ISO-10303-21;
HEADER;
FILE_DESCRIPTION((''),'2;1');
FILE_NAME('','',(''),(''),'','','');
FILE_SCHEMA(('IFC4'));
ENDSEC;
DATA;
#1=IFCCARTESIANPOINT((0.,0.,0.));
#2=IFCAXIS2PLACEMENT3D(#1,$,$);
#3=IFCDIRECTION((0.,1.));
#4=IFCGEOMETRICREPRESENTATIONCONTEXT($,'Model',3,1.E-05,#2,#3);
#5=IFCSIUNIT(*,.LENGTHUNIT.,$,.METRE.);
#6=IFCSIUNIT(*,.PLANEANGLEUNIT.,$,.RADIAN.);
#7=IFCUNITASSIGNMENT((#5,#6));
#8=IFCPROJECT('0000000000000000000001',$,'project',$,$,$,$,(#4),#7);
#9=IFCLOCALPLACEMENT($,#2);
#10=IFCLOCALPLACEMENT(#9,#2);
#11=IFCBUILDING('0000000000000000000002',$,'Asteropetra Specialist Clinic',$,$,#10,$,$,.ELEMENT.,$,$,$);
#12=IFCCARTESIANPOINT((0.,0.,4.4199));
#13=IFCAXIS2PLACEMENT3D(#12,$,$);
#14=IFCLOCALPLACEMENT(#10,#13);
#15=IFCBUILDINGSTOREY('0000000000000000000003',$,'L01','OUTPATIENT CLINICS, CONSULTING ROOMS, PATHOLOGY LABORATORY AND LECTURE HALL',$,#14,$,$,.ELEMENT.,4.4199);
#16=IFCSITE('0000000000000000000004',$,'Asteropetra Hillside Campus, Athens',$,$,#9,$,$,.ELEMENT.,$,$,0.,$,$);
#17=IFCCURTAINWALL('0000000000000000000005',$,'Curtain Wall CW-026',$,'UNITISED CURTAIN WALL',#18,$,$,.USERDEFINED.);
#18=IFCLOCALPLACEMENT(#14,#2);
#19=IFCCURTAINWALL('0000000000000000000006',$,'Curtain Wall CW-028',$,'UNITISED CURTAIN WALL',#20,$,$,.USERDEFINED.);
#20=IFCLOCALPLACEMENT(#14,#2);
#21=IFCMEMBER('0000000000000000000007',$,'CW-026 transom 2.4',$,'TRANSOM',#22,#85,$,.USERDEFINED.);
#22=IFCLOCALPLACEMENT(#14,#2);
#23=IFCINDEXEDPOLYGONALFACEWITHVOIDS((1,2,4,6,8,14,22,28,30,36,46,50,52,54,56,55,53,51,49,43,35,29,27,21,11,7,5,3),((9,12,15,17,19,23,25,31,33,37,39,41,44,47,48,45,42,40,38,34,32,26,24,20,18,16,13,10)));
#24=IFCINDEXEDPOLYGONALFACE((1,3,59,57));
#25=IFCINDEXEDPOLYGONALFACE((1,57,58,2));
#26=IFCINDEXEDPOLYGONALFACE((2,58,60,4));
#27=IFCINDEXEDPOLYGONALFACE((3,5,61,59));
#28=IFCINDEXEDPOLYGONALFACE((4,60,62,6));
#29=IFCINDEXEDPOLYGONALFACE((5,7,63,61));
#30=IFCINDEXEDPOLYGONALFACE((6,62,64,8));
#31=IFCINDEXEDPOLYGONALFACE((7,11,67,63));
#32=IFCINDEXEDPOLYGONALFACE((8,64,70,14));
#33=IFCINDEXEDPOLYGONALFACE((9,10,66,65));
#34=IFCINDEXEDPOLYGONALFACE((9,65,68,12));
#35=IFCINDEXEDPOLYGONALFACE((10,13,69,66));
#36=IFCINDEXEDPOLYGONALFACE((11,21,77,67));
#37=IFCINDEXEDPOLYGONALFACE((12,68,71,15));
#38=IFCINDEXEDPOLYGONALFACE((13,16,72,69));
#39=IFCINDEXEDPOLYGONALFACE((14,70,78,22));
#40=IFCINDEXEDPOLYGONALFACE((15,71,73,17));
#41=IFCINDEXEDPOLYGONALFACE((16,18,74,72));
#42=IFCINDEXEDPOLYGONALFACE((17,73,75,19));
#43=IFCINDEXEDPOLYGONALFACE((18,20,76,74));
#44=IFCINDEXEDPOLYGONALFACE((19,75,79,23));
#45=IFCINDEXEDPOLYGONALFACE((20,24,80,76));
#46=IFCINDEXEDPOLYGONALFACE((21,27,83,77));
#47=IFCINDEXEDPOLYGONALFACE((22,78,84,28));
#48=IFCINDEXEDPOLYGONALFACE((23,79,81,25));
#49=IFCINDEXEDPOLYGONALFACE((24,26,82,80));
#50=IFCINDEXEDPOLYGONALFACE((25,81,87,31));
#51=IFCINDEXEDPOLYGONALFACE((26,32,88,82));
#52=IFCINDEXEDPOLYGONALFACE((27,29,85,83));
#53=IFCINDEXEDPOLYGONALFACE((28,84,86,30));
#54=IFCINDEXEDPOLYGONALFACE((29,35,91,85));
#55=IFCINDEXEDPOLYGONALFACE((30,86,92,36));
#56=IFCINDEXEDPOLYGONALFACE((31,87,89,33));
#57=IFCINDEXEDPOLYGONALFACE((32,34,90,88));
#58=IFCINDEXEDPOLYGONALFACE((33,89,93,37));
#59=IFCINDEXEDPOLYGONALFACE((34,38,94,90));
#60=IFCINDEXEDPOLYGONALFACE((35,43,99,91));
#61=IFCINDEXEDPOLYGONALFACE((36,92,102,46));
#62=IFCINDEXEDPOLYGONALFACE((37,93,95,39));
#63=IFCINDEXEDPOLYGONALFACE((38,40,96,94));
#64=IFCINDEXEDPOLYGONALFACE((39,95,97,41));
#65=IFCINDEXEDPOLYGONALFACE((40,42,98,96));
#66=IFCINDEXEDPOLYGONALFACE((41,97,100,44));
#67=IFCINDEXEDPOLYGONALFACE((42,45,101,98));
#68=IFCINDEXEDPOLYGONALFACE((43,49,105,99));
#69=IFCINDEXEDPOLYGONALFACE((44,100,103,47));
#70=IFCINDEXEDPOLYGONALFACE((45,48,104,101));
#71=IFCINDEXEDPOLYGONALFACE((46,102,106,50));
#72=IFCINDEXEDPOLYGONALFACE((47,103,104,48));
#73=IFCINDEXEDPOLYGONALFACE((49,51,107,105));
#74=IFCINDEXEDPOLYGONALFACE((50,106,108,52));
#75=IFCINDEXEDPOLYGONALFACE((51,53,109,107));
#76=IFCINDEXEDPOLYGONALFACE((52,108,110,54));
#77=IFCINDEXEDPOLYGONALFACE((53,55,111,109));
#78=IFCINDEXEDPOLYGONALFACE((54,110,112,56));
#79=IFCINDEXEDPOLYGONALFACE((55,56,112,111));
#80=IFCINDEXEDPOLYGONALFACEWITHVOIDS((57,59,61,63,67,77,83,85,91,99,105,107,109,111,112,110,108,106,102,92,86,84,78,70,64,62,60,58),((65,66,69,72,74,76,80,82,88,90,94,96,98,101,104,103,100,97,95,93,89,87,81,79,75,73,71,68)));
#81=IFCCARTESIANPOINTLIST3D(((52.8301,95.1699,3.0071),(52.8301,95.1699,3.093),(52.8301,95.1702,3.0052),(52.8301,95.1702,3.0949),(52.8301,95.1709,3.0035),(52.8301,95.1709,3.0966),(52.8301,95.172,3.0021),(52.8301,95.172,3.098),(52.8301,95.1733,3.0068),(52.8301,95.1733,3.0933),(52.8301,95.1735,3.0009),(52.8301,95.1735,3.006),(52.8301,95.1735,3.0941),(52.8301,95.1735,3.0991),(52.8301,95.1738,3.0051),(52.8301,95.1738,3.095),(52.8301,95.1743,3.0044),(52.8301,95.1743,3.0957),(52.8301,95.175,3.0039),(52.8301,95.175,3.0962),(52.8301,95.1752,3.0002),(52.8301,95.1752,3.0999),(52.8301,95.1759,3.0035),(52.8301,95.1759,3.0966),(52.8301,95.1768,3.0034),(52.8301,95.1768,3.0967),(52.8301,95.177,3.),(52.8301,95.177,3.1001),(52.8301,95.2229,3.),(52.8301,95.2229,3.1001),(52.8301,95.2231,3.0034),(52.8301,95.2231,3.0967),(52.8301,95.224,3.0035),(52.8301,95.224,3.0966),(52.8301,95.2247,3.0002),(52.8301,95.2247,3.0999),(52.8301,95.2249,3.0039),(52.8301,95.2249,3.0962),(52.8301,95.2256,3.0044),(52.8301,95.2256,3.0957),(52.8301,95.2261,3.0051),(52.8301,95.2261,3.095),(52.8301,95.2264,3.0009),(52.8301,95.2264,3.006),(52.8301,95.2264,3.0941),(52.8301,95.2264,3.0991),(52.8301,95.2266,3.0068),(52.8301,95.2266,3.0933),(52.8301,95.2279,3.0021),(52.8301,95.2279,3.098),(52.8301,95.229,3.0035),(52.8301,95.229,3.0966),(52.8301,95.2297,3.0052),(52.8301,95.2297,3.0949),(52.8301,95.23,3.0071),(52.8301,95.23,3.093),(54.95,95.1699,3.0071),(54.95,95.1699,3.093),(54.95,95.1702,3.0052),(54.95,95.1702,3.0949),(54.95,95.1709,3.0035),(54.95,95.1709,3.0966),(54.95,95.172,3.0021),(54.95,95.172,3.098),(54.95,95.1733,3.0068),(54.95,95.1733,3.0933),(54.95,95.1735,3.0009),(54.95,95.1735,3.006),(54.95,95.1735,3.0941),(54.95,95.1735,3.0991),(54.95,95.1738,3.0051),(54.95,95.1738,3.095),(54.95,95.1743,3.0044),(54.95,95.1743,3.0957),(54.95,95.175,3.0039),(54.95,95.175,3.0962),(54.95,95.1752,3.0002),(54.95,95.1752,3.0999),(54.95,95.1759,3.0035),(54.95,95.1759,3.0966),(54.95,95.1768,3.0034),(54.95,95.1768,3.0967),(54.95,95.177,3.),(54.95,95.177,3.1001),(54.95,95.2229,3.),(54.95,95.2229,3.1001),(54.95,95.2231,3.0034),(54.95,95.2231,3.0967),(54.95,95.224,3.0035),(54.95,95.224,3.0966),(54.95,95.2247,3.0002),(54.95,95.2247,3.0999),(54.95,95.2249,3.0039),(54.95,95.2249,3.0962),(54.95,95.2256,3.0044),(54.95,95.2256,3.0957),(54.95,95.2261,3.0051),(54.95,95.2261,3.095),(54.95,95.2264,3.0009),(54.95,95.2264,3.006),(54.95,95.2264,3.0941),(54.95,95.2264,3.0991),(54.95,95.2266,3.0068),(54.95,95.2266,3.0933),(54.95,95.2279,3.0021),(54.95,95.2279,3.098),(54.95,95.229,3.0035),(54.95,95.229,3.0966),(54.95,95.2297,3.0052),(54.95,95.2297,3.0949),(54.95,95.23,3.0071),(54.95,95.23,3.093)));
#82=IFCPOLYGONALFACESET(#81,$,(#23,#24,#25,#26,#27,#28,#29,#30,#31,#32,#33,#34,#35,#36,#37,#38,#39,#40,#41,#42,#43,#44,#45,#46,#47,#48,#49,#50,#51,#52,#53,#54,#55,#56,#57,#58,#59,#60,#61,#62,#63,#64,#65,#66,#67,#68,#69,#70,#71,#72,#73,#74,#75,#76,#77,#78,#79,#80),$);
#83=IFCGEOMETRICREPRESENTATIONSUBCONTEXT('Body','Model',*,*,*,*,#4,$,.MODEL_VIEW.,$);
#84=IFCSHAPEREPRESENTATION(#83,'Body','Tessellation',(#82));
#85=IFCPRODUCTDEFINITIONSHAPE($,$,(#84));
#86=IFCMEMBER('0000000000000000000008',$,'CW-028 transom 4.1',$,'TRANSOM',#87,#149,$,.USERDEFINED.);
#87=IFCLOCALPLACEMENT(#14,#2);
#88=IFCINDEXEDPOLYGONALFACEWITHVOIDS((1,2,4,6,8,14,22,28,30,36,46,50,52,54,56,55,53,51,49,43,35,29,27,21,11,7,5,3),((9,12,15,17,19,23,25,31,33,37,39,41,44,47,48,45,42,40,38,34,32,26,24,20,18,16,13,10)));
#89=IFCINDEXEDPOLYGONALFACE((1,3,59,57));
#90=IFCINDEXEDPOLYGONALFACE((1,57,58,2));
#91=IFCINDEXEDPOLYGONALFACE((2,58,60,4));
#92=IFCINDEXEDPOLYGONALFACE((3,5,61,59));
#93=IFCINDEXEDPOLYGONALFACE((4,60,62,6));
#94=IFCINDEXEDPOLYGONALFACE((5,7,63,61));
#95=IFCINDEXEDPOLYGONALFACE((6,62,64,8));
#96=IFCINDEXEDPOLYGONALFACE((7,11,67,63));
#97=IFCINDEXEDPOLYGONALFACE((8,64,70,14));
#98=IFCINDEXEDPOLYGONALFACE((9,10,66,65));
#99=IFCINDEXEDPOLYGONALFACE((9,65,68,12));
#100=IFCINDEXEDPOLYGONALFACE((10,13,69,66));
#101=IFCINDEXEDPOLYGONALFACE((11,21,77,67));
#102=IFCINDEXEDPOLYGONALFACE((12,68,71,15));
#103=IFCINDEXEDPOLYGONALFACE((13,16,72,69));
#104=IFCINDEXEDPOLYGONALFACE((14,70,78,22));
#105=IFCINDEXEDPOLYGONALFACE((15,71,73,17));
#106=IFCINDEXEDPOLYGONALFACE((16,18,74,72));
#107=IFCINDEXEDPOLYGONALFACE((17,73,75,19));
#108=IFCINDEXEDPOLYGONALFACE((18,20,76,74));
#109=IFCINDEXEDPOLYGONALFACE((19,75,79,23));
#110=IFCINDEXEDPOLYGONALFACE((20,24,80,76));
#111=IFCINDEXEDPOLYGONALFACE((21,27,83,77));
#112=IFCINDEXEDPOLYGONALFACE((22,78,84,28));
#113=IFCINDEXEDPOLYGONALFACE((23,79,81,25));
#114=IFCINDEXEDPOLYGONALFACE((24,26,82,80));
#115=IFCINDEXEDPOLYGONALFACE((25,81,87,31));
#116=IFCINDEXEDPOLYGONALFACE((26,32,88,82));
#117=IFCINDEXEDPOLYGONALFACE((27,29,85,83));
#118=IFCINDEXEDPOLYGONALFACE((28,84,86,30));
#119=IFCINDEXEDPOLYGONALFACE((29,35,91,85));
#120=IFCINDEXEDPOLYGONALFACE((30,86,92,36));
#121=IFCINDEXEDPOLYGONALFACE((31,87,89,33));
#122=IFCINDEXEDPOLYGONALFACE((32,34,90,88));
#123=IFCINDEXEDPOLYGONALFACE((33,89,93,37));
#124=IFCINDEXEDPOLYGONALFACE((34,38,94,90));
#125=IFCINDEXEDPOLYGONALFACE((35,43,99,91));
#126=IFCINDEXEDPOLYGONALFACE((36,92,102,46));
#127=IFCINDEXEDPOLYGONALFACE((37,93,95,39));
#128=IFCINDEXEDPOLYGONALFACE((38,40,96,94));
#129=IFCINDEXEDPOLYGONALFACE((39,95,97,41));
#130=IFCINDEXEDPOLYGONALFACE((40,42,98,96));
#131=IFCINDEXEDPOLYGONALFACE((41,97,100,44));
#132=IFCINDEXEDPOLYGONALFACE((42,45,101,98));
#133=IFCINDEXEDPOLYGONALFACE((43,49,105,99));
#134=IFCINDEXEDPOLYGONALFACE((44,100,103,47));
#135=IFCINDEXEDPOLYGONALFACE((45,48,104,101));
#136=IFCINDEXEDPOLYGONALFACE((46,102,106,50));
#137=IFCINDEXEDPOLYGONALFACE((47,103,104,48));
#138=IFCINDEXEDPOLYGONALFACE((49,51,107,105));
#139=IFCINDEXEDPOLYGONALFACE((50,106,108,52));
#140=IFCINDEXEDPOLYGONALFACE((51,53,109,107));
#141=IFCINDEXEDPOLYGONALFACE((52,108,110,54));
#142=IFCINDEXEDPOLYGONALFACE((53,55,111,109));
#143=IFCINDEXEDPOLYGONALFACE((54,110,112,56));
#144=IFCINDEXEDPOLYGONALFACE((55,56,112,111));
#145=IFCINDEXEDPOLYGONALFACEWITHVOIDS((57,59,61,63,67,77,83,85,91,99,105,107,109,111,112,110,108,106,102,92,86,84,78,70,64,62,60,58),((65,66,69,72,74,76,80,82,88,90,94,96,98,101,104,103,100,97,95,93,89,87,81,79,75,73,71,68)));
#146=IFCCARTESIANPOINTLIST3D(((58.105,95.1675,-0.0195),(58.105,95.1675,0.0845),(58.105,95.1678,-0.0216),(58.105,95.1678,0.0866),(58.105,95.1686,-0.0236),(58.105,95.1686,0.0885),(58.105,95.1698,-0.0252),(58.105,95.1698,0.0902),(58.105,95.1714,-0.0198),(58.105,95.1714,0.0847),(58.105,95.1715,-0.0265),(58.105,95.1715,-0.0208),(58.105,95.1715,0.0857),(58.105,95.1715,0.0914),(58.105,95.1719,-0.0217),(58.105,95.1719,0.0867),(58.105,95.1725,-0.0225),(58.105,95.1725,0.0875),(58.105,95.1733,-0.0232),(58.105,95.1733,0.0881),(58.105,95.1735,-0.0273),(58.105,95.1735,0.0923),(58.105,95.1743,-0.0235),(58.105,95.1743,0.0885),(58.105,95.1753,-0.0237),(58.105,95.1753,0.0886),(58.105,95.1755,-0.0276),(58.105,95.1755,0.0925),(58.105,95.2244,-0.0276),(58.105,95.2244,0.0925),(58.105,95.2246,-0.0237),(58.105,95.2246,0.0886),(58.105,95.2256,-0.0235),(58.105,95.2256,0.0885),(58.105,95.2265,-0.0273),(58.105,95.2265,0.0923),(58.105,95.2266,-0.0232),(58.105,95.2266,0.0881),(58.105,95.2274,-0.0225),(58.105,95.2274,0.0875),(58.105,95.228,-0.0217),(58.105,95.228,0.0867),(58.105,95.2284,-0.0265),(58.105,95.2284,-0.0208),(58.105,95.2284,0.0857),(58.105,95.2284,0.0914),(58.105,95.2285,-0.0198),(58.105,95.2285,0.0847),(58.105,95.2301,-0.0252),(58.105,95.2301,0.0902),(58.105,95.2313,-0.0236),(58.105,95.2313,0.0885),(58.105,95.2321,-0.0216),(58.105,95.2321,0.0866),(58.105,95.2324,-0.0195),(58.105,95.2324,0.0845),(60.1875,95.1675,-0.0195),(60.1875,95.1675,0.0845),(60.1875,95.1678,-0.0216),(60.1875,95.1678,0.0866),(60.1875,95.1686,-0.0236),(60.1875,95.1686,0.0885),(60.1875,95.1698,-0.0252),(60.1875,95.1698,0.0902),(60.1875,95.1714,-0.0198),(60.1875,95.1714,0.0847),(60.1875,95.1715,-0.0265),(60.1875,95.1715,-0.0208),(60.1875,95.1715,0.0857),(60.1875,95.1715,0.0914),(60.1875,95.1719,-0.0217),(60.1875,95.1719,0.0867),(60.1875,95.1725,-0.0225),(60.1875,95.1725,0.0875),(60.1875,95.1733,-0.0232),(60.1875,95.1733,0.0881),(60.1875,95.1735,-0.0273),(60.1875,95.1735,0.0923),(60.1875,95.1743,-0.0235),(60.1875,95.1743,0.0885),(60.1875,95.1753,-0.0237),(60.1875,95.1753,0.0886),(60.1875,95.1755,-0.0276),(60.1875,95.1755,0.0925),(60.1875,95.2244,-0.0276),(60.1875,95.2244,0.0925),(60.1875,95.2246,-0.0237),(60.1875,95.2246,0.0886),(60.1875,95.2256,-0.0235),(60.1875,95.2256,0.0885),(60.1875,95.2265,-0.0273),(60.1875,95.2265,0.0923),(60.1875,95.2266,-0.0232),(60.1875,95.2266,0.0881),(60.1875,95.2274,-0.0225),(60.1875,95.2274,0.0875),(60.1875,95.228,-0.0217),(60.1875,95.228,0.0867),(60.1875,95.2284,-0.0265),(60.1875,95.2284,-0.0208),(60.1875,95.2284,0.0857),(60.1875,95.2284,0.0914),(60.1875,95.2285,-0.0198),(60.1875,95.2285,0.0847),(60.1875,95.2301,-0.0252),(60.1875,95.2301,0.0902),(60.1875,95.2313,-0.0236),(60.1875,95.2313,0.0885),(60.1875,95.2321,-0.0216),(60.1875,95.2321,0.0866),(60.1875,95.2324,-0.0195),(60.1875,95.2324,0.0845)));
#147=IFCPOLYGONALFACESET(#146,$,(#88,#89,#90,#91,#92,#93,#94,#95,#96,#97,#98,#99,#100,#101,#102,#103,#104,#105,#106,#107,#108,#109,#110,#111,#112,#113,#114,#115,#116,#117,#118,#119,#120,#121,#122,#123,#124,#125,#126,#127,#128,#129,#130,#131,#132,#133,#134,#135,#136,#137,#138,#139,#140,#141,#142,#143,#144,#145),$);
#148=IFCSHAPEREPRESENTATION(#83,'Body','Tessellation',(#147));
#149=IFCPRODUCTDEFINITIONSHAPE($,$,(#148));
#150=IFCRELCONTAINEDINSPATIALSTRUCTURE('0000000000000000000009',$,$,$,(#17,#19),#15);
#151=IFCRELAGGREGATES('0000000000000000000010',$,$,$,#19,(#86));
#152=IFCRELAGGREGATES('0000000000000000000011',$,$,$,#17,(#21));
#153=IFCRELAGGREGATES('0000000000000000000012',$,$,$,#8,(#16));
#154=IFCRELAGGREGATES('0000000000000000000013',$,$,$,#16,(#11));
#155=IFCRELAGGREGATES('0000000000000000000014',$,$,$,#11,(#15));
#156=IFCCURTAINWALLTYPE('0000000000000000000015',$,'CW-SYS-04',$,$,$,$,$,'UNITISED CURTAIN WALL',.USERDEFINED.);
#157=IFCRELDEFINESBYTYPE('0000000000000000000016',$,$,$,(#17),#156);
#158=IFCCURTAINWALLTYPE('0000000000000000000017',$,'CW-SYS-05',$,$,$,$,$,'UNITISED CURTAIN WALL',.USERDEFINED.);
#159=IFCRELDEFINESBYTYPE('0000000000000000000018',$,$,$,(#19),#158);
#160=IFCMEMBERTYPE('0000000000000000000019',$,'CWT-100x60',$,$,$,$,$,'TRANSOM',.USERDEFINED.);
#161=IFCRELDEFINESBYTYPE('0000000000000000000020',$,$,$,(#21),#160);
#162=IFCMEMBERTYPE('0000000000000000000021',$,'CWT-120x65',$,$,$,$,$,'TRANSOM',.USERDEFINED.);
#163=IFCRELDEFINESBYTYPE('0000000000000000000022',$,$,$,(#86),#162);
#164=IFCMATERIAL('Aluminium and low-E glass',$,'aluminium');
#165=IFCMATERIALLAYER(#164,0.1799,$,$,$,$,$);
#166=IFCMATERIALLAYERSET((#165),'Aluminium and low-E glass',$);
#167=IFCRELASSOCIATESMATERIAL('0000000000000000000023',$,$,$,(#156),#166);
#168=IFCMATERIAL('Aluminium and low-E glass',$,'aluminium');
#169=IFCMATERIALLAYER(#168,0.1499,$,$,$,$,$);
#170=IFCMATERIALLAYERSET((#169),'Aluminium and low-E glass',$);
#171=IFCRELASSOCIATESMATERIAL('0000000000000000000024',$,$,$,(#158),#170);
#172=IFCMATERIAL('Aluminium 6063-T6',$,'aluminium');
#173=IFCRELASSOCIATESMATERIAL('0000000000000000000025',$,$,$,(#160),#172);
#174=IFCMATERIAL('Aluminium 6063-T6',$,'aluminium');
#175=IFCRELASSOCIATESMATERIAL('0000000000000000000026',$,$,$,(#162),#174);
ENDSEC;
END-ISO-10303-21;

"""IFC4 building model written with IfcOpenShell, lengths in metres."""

from ifc_helpers import new_model, si_unit, direction, frame, origin, origin_2d, place, context, subcontext, project, spatial, hollow_rectangle, extrude, material, layer, layer_set, material_profile, profile_set, type_object, element, aggregate, save


model = new_model("IFC4")

# Units and contexts
model_context = context("Model", 3, precision=1e-05, world=origin(), true_north=direction((0.0, 1.0)))
body_context = subcontext(model_context, "Body", "Model", "MODEL_VIEW")
ifc_project = project(units=[si_unit("LENGTHUNIT", "METRE"), si_unit("PLANEANGLEUNIT", "RADIAN")], contexts=[model_context])

# Site, building, storey
site_placement = place(None, origin())
site = spatial("IfcSite", under=ifc_project, at=site_placement, Name="Asteropetra Hillside Campus, Athens", CompositionType="ELEMENT", RefElevation=0.0)
building_placement = place(site_placement, origin())
building = spatial("IfcBuilding", under=site, at=building_placement, Name="Asteropetra Specialist Clinic", CompositionType="ELEMENT")
storey_placement = place(building_placement, frame((0.0, 0.0, 4.4199)))
storey = spatial("IfcBuildingStorey", under=building, at=storey_placement, Name="L01", Description="OUTPATIENT CLINICS, CONSULTING ROOMS, PATHOLOGY LABORATORY AND LECTURE HALL", CompositionType="ELEMENT", Elevation=4.4199)

# Curtain wall
ifc_material_1 = material(Name="Aluminium and low-E glass", Category="aluminium")
ifc_layer_1 = layer(ifc_material_1, 0.1799)
ifc_layer_set_1 = layer_set([ifc_layer_1], Name="Aluminium and low-E glass")
curtain_wall_type_1 = type_object("IfcCurtainWallType", Name="CW-SYS-04", ElementType="UNITISED CURTAIN WALL", PredefinedType="USERDEFINED", material=ifc_layer_set_1)
curtain_wall_1_placement = place(storey_placement, origin())
curtain_wall_1 = element("IfcCurtainWall", 1, at=curtain_wall_1_placement, inside=storey, type_object=curtain_wall_type_1, Name="Curtain Wall CW-026", ObjectType="UNITISED CURTAIN WALL", PredefinedType="USERDEFINED")

# Curtain wall
ifc_material_2 = material(Name="Aluminium and low-E glass", Category="aluminium")
ifc_layer_2 = layer(ifc_material_2, 0.1499)
ifc_layer_set_2 = layer_set([ifc_layer_2], Name="Aluminium and low-E glass")
curtain_wall_type_2 = type_object("IfcCurtainWallType", Name="CW-SYS-05", ElementType="UNITISED CURTAIN WALL", PredefinedType="USERDEFINED", material=ifc_layer_set_2)
curtain_wall_2_placement = place(storey_placement, origin())
curtain_wall_2 = element("IfcCurtainWall", 2, at=curtain_wall_2_placement, inside=storey, type_object=curtain_wall_type_2, Name="Curtain Wall CW-028", ObjectType="UNITISED CURTAIN WALL", PredefinedType="USERDEFINED")

# Members
ifc_material_3 = material(Name="Aluminium 6063-T6", Category="aluminium")
ifc_material_profile_1 = material_profile(ifc_material_3, hollow_rectangle(XDim=0.0601, YDim=0.1001, WallThickness=0.0034, InnerFilletRadius=0.0034, OuterFilletRadius=0.0071, at=origin_2d()), Name="TRN 100x60x3.5")
ifc_profile_set_1 = profile_set([ifc_material_profile_1], Name="Aluminium 6063-T6")
member_type_1 = type_object("IfcMemberType", Name="CWT-100x60", ElementType="TRANSOM", PredefinedType="USERDEFINED", material=ifc_profile_set_1)
member_1_placement = place(storey_placement, frame((54.95, 95.2, 3.05), z_axis=(-1.0, 0.0, 0.0), x_axis=(0.0, -1.0, 0.0)))
member_1 = element("IfcMember", 3, at=member_1_placement, type_object=member_type_1, Name="CW-026 transom 2.4", ObjectType="TRANSOM", PredefinedType="USERDEFINED", context=body_context, shape_type="SweptSolid", body=[
    extrude(hollow_rectangle(XDim=0.0601, YDim=0.1001, WallThickness=0.0034, InnerFilletRadius=0.0034, OuterFilletRadius=0.0071, at=origin_2d()), origin(), (0.0, 0.0, 1.0), 2.1199),
])
ifc_material_4 = material(Name="Aluminium 6063-T6", Category="aluminium")
ifc_material_profile_2 = material_profile(ifc_material_4, hollow_rectangle(XDim=0.0649, YDim=0.1201, WallThickness=0.0039, InnerFilletRadius=0.0039, OuterFilletRadius=0.0081, at=origin_2d()), Name="TRN 120x65x4.0")
ifc_profile_set_2 = profile_set([ifc_material_profile_2], Name="Aluminium 6063-T6")
member_type_2 = type_object("IfcMemberType", Name="CWT-120x65", ElementType="TRANSOM", PredefinedType="USERDEFINED", material=ifc_profile_set_2)
member_2_placement = place(storey_placement, frame((60.1875, 95.2, 0.0325), z_axis=(-1.0, 0.0, 0.0), x_axis=(0.0, -1.0, 0.0)))
member_2 = element("IfcMember", 4, at=member_2_placement, type_object=member_type_2, Name="CW-028 transom 4.1", ObjectType="TRANSOM", PredefinedType="USERDEFINED", context=body_context, shape_type="SweptSolid", body=[
    extrude(hollow_rectangle(XDim=0.0649, YDim=0.1201, WallThickness=0.0039, InnerFilletRadius=0.0039, OuterFilletRadius=0.0081, at=origin_2d()), origin(), (0.0, 0.0, 1.0), 2.0825),
])

aggregate(curtain_wall_2, [member_2])
aggregate(curtain_wall_1, [member_1])

save(model, "model.ifc")
